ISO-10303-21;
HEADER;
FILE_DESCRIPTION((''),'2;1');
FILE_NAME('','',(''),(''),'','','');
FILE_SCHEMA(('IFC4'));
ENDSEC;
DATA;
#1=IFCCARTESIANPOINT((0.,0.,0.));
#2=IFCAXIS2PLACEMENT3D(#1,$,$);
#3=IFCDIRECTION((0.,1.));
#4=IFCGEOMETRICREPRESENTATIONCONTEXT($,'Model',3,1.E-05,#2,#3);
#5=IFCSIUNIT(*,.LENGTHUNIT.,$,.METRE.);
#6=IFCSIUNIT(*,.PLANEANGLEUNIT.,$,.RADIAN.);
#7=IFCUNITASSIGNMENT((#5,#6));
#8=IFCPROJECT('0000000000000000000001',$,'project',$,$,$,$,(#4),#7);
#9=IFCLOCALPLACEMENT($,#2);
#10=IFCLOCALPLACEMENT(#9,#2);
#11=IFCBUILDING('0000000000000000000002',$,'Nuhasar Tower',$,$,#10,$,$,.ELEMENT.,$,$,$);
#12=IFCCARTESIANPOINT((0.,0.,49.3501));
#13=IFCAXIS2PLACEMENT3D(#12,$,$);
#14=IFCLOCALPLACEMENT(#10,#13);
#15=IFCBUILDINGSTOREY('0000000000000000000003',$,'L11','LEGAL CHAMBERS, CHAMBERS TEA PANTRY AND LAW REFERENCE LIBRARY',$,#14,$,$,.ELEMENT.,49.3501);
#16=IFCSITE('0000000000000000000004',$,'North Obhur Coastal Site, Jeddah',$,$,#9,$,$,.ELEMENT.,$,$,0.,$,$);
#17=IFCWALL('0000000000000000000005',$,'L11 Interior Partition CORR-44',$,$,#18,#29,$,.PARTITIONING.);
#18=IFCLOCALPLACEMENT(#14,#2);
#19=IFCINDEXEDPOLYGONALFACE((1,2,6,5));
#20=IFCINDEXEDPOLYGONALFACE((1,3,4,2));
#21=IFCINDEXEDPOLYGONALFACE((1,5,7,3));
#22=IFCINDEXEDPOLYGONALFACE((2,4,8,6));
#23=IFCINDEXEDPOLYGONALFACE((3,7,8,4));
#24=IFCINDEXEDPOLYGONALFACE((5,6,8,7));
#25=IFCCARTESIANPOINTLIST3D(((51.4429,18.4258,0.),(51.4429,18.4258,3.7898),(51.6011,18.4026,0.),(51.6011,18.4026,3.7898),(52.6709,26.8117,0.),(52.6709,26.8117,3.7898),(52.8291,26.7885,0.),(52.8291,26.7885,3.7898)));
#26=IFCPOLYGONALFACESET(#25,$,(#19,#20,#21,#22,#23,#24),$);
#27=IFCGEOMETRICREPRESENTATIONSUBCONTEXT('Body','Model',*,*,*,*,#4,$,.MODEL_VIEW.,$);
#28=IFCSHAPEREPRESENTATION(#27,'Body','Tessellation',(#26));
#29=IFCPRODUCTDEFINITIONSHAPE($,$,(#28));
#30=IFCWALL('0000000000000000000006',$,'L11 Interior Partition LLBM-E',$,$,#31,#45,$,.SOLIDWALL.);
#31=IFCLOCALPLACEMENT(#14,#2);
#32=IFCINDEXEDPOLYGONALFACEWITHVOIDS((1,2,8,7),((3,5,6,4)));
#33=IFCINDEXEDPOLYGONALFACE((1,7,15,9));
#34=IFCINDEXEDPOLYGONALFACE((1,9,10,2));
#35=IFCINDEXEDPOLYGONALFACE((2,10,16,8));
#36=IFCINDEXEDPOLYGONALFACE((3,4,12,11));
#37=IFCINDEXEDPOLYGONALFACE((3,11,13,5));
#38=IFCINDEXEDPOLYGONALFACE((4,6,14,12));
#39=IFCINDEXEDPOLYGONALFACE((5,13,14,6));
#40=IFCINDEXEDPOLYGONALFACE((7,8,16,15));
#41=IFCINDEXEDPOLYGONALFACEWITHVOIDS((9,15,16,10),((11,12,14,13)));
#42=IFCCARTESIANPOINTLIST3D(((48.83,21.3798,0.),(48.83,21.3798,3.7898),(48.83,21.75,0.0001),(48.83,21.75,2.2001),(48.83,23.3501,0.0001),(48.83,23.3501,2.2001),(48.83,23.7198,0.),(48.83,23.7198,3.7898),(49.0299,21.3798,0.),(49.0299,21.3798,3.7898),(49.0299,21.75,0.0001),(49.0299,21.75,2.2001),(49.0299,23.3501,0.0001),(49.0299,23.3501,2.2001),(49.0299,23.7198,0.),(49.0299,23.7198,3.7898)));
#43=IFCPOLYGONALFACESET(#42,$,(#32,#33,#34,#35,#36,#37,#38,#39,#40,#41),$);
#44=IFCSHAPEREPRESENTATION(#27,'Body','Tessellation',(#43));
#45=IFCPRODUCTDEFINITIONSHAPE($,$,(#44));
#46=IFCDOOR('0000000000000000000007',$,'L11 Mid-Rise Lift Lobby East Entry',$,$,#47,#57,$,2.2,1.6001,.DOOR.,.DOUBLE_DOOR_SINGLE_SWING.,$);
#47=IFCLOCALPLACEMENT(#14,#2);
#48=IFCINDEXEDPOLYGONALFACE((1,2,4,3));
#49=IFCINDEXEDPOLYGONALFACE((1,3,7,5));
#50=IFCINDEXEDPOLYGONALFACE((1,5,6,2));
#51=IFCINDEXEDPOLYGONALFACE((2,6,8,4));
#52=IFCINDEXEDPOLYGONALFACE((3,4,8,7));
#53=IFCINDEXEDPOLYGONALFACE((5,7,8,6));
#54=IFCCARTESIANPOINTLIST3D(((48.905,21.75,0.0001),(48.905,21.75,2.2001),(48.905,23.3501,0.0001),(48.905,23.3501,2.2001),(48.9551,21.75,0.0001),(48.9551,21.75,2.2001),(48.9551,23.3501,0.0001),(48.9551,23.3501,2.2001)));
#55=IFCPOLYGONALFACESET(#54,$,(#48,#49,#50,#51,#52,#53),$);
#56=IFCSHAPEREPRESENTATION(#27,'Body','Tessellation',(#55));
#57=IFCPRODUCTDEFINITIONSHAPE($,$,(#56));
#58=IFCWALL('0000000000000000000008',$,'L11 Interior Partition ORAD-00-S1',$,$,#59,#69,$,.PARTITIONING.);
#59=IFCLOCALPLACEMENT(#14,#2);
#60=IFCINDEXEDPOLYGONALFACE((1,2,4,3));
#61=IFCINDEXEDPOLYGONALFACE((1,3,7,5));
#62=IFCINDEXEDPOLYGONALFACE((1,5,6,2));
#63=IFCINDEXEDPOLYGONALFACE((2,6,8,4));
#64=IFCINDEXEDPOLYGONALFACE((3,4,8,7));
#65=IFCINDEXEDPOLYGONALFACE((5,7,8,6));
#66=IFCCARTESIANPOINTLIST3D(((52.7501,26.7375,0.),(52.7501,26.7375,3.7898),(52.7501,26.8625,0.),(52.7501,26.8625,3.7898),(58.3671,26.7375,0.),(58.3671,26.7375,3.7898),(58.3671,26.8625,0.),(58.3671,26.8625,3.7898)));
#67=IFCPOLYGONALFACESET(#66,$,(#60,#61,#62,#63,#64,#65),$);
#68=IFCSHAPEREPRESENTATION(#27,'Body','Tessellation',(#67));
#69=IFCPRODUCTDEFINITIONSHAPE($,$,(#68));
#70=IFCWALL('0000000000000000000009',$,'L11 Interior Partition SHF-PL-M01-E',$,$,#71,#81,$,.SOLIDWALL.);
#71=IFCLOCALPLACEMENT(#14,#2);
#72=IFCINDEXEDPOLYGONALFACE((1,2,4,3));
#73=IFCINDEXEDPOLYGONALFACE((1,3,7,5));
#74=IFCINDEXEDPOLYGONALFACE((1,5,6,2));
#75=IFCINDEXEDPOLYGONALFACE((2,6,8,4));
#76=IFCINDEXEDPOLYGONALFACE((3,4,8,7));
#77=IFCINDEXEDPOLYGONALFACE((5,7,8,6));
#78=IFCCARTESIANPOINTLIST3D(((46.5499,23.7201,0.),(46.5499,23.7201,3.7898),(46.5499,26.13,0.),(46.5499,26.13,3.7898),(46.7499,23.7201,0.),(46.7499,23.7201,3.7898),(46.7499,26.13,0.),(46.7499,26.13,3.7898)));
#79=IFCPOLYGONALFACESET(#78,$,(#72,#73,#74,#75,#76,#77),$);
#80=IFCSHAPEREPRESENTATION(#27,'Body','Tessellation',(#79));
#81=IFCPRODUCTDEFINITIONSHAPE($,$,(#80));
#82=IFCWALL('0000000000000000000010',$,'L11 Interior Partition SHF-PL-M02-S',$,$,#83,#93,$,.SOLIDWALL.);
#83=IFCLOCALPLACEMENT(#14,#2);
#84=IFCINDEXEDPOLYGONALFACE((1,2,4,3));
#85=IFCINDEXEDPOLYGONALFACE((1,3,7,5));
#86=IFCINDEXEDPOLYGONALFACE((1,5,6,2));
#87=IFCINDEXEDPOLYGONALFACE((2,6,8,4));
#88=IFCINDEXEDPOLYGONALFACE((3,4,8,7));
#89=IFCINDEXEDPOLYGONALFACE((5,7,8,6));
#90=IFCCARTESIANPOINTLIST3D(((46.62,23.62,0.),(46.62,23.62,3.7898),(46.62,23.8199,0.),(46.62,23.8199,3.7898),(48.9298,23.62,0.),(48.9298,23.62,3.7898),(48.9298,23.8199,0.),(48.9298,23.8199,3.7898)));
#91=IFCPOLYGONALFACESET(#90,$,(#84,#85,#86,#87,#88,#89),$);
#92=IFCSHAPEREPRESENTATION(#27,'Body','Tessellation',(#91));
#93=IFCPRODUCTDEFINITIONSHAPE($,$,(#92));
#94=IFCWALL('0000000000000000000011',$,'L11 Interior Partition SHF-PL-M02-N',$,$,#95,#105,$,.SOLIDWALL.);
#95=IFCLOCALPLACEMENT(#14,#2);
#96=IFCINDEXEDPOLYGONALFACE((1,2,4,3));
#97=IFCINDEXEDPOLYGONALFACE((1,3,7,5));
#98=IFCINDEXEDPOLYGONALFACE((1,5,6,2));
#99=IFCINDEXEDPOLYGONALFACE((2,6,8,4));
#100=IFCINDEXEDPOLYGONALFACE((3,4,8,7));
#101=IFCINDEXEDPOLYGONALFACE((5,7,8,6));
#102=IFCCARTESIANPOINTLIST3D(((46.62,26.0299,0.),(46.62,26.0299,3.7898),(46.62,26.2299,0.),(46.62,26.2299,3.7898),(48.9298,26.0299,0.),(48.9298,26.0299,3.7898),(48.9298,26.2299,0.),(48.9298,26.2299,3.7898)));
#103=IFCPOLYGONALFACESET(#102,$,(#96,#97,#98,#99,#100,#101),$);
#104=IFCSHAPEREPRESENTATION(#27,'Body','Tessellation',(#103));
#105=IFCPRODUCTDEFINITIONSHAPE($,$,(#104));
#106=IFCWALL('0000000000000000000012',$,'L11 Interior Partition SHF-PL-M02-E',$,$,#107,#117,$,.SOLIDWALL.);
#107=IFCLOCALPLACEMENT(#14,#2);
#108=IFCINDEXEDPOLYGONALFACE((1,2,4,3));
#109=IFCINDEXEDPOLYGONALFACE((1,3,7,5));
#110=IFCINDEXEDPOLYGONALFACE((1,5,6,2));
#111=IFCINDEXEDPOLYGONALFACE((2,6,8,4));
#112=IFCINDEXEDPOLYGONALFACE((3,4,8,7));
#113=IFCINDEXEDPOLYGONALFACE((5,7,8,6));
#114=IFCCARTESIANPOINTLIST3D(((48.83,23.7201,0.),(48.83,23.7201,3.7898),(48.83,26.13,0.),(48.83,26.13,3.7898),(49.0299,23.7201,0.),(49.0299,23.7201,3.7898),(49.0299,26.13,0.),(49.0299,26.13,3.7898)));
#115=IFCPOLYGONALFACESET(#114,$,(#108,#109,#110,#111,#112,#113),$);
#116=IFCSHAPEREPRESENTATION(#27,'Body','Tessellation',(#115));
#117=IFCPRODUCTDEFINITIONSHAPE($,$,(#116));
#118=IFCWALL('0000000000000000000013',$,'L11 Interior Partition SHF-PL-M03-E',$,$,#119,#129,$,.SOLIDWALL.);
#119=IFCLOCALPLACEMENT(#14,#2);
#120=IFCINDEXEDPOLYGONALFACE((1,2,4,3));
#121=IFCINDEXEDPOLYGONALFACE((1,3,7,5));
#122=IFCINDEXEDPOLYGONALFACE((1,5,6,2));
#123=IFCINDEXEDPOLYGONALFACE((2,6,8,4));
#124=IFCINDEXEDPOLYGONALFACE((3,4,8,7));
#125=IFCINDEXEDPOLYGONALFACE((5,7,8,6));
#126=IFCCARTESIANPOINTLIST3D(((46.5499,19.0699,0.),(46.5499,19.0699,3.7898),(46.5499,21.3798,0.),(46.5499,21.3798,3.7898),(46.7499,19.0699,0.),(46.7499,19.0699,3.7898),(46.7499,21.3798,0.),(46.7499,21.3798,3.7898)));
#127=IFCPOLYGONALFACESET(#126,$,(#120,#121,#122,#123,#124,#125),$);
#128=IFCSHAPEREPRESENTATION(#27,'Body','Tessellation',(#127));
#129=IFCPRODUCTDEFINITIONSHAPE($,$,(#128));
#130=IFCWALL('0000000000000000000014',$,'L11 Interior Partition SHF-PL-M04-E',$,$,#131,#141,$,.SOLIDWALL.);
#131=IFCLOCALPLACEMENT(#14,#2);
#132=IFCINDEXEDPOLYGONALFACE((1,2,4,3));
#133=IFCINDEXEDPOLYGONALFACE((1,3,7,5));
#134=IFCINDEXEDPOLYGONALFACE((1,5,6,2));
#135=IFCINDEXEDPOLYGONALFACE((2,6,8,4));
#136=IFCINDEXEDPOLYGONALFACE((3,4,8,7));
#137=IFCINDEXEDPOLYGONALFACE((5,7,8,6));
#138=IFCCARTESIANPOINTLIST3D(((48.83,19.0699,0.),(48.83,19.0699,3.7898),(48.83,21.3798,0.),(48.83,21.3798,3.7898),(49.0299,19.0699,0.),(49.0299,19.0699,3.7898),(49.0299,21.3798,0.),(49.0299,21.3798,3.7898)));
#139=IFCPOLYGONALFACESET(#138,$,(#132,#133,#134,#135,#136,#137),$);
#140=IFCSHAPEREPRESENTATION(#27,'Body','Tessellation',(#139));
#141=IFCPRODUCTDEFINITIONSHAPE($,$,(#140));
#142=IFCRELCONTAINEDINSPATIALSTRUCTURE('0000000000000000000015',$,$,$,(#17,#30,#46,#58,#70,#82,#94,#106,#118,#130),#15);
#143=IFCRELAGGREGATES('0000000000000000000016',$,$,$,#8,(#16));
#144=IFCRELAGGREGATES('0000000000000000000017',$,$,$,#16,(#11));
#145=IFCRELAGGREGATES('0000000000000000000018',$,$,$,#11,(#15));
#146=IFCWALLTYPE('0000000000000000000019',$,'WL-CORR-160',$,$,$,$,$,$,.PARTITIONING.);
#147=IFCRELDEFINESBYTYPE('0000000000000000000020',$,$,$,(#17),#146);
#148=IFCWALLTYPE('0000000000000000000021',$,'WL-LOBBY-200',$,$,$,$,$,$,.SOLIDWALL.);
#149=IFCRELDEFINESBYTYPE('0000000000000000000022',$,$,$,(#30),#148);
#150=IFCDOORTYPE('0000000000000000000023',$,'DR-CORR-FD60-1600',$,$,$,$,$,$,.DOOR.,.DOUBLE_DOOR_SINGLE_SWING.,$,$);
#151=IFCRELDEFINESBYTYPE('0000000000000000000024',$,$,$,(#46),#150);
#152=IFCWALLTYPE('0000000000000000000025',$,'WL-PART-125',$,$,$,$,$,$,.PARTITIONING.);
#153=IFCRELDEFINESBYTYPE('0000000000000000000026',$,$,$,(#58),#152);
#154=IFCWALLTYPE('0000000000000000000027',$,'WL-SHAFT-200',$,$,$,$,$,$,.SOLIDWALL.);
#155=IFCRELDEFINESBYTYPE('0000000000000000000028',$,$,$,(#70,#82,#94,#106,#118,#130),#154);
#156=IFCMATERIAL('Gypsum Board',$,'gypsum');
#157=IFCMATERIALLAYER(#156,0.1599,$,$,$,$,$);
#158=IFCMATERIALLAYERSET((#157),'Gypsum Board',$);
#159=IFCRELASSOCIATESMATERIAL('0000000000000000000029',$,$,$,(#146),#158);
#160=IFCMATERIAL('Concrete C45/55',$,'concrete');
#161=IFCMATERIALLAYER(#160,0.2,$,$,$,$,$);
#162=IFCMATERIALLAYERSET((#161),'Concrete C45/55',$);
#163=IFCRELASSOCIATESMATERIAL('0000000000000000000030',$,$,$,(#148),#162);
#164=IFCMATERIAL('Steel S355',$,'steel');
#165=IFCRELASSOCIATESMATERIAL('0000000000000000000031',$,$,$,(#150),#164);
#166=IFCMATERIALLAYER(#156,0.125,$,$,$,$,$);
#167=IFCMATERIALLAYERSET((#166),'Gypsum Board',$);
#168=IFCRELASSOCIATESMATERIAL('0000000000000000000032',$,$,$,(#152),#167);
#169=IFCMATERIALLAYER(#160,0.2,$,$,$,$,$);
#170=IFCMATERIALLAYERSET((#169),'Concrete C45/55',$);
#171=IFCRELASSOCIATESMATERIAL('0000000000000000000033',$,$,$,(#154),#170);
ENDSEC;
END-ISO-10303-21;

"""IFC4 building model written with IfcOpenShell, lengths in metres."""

from ifc_helpers import new_model, si_unit, direction, frame, frame_2d, origin, place, context, subcontext, project, spatial, rectangle, extrude, material, layer, layer_set, type_object, element, fill, save


model = new_model("IFC4")

# Units and contexts
model_context = context("Model", 3, precision=1e-05, world=origin(), true_north=direction((0.0, 1.0)))
body_context = subcontext(model_context, "Body", "Model", "MODEL_VIEW")
ifc_project = project(units=[si_unit("LENGTHUNIT", "METRE"), si_unit("PLANEANGLEUNIT", "RADIAN")], contexts=[model_context])

# Site, building, storey
site_placement = place(None, origin())
site = spatial("IfcSite", under=ifc_project, at=site_placement, Name="North Obhur Coastal Site, Jeddah", CompositionType="ELEMENT", RefElevation=0.0)
building_placement = place(site_placement, origin())
building = spatial("IfcBuilding", under=site, at=building_placement, Name="Nuhasar Tower", CompositionType="ELEMENT")
storey_placement = place(building_placement, frame((0.0, 0.0, 49.3501)))
storey = spatial("IfcBuildingStorey", under=building, at=storey_placement, Name="L11", Description="LEGAL CHAMBERS, CHAMBERS TEA PANTRY AND LAW REFERENCE LIBRARY", CompositionType="ELEMENT", Elevation=49.3501)

# Shared definitions
ifc_material_1 = material(Name="Steel S355", Category="steel")

# Shared definitions
ifc_material_2 = material(Name="Gypsum Board", Category="gypsum")
ifc_layer_1 = layer(ifc_material_2, 0.1599)
ifc_layer_set_1 = layer_set([ifc_layer_1], Name="Gypsum Board")
wall_type_1 = type_object("IfcWallType", Name="WL-CORR-160", PredefinedType="PARTITIONING", material=ifc_layer_set_1)

# Wall
wall_1_placement = place(storey_placement, frame((51.522, 18.4141, 0.0), z_axis=(0.0, 0.0, 1.0), x_axis=(0.144893, 0.989447, 0.0)))
element("IfcWall", 1, at=wall_1_placement, inside=storey, type_object=wall_type_1, Name="L11 Interior Partition CORR-44", PredefinedType="PARTITIONING", context=body_context, shape_type="SweptSolid", body=[
    extrude(rectangle(XDim=8.4753, YDim=0.1599, at=frame_2d((4.2378, 0.0))), origin(), (0.0, 0.0, 1.0), 3.7898),
])

# Wall, opening, door
ifc_material_3 = material(Name="Concrete C45/55", Category="concrete")
ifc_layer_2 = layer(ifc_material_3, 0.2)
ifc_layer_set_2 = layer_set([ifc_layer_2], Name="Concrete C45/55")
wall_type_2 = type_object("IfcWallType", Name="WL-LOBBY-200", PredefinedType="SOLIDWALL", material=ifc_layer_set_2)
wall_2_placement = place(storey_placement, frame((48.9299, 21.3799, 0.0), z_axis=(0.0, 0.0, 1.0), x_axis=(0.0, 1.0, 0.0)))
wall_2 = element("IfcWall", 2, at=wall_2_placement, inside=storey, type_object=wall_type_2, Name="L11 Interior Partition LLBM-E", PredefinedType="SOLIDWALL", context=body_context, shape_type="SweptSolid", body=[
    extrude(rectangle(XDim=2.3401, YDim=0.2, at=frame_2d((1.1699, 0.0))), origin(), (0.0, 0.0, 1.0), 3.7898),
])
opening_1_placement = place(wall_2_placement, frame((0.3701, 0.0, 0.0)))
opening_1 = element("IfcOpeningElement", 3, at=opening_1_placement, cuts=wall_2, PredefinedType="OPENING", context=body_context, shape_type="SweptSolid", body=[
    extrude(rectangle(XDim=1.6001, YDim=2.2, at=frame_2d((0.8, 1.1001))), frame((0.0, 0.1099, 0.0), z_axis=(0.0, -1.0, 0.0), x_axis=(1.0, 0.0, 0.0)), (0.0, 0.0, 1.0), 0.22),
])
door_type_1 = type_object("IfcDoorType", Name="DR-CORR-FD60-1600", OperationType="DOUBLE_DOOR_SINGLE_SWING", PredefinedType="DOOR", material=ifc_material_1)
door_1_placement = place(opening_1_placement, origin())
door_1 = element("IfcDoor", 4, at=door_1_placement, inside=storey, type_object=door_type_1, Name="L11 Mid-Rise Lift Lobby East Entry", OperationType="DOUBLE_DOOR_SINGLE_SWING", OverallHeight=2.2, OverallWidth=1.6001, PredefinedType="DOOR", context=body_context, shape_type="SweptSolid", body=[
    extrude(rectangle(XDim=1.6001, YDim=2.2, at=frame_2d((0.8, 1.1001))), frame((0.0, 0.0249, 0.0), z_axis=(0.0, -1.0, 0.0), x_axis=(1.0, 0.0, 0.0)), (0.0, 0.0, 1.0), 0.05),
])
fill(opening_1, door_1)

# Walls
ifc_layer_3 = layer(ifc_material_2, 0.125)
ifc_layer_set_3 = layer_set([ifc_layer_3], Name="Gypsum Board")
wall_type_3 = type_object("IfcWallType", Name="WL-PART-125", PredefinedType="PARTITIONING", material=ifc_layer_set_3)
wall_3_placement = place(storey_placement, frame((52.75, 26.8, 0.0), z_axis=(0.0, 0.0, 1.0), x_axis=(1.0, 0.0, 0.0)))
element("IfcWall", 5, at=wall_3_placement, inside=storey, type_object=wall_type_3, Name="L11 Interior Partition ORAD-00-S1", PredefinedType="PARTITIONING", context=body_context, shape_type="SweptSolid", body=[
    extrude(rectangle(XDim=5.6169, YDim=0.125, at=frame_2d((2.8086, 0.0))), origin(), (0.0, 0.0, 1.0), 3.7898),
])
ifc_layer_4 = layer(ifc_material_3, 0.2)
ifc_layer_set_4 = layer_set([ifc_layer_4], Name="Concrete C45/55")
wall_type_4 = type_object("IfcWallType", Name="WL-SHAFT-200", PredefinedType="SOLIDWALL", material=ifc_layer_set_4)
wall_4_placement = place(storey_placement, frame((46.6499, 23.72, 0.0), z_axis=(0.0, 0.0, 1.0), x_axis=(0.0, 1.0, 0.0)))
element("IfcWall", 6, at=wall_4_placement, inside=storey, type_object=wall_type_4, Name="L11 Interior Partition SHF-PL-M01-E", PredefinedType="SOLIDWALL", context=body_context, shape_type="SweptSolid", body=[
    extrude(rectangle(XDim=2.4099, YDim=0.2, at=frame_2d((1.2051, 0.0))), origin(), (0.0, 0.0, 1.0), 3.7898),
])
for number, where, z_axis, x_axis, name in (
    (7, (46.6201, 23.72, 0.0), (0.0, 0.0, 1.0), (1.0, 0.0, 0.0), "L11 Interior Partition SHF-PL-M02-S"),
    (8, (46.6201, 26.1299, 0.0), (0.0, 0.0, 1.0), (1.0, 0.0, 0.0), "L11 Interior Partition SHF-PL-M02-N"),
):
    element("IfcWall", number, at=place(storey_placement, frame(where, z_axis=z_axis, x_axis=x_axis)), inside=storey, type_object=wall_type_4, Name=name, PredefinedType="SOLIDWALL", context=body_context, shape_type="SweptSolid", body=[
        extrude(rectangle(XDim=2.3098, YDim=0.2, at=frame_2d((1.1548, 0.0))), origin(), (0.0, 0.0, 1.0), 3.7898),
    ])
wall_5_placement = place(storey_placement, frame((48.9299, 23.72, 0.0), z_axis=(0.0, 0.0, 1.0), x_axis=(0.0, 1.0, 0.0)))
element("IfcWall", 9, at=wall_5_placement, inside=storey, type_object=wall_type_4, Name="L11 Interior Partition SHF-PL-M02-E", PredefinedType="SOLIDWALL", context=body_context, shape_type="SweptSolid", body=[
    extrude(rectangle(XDim=2.4099, YDim=0.2, at=frame_2d((1.2051, 0.0))), origin(), (0.0, 0.0, 1.0), 3.7898),
])
for number, where, z_axis, x_axis, name in (
    (10, (46.6499, 19.0701, 0.0), (0.0, 0.0, 1.0), (0.0, 1.0, 0.0), "L11 Interior Partition SHF-PL-M03-E"),
    (11, (48.9299, 19.0701, 0.0), (0.0, 0.0, 1.0), (0.0, 1.0, 0.0), "L11 Interior Partition SHF-PL-M04-E"),
):
    element("IfcWall", number, at=place(storey_placement, frame(where, z_axis=z_axis, x_axis=x_axis)), inside=storey, type_object=wall_type_4, Name=name, PredefinedType="SOLIDWALL", context=body_context, shape_type="SweptSolid", body=[
        extrude(rectangle(XDim=2.3098, YDim=0.2, at=frame_2d((1.1548, 0.0))), origin(), (0.0, 0.0, 1.0), 3.7898),
    ])

save(model, "model.ifc")
